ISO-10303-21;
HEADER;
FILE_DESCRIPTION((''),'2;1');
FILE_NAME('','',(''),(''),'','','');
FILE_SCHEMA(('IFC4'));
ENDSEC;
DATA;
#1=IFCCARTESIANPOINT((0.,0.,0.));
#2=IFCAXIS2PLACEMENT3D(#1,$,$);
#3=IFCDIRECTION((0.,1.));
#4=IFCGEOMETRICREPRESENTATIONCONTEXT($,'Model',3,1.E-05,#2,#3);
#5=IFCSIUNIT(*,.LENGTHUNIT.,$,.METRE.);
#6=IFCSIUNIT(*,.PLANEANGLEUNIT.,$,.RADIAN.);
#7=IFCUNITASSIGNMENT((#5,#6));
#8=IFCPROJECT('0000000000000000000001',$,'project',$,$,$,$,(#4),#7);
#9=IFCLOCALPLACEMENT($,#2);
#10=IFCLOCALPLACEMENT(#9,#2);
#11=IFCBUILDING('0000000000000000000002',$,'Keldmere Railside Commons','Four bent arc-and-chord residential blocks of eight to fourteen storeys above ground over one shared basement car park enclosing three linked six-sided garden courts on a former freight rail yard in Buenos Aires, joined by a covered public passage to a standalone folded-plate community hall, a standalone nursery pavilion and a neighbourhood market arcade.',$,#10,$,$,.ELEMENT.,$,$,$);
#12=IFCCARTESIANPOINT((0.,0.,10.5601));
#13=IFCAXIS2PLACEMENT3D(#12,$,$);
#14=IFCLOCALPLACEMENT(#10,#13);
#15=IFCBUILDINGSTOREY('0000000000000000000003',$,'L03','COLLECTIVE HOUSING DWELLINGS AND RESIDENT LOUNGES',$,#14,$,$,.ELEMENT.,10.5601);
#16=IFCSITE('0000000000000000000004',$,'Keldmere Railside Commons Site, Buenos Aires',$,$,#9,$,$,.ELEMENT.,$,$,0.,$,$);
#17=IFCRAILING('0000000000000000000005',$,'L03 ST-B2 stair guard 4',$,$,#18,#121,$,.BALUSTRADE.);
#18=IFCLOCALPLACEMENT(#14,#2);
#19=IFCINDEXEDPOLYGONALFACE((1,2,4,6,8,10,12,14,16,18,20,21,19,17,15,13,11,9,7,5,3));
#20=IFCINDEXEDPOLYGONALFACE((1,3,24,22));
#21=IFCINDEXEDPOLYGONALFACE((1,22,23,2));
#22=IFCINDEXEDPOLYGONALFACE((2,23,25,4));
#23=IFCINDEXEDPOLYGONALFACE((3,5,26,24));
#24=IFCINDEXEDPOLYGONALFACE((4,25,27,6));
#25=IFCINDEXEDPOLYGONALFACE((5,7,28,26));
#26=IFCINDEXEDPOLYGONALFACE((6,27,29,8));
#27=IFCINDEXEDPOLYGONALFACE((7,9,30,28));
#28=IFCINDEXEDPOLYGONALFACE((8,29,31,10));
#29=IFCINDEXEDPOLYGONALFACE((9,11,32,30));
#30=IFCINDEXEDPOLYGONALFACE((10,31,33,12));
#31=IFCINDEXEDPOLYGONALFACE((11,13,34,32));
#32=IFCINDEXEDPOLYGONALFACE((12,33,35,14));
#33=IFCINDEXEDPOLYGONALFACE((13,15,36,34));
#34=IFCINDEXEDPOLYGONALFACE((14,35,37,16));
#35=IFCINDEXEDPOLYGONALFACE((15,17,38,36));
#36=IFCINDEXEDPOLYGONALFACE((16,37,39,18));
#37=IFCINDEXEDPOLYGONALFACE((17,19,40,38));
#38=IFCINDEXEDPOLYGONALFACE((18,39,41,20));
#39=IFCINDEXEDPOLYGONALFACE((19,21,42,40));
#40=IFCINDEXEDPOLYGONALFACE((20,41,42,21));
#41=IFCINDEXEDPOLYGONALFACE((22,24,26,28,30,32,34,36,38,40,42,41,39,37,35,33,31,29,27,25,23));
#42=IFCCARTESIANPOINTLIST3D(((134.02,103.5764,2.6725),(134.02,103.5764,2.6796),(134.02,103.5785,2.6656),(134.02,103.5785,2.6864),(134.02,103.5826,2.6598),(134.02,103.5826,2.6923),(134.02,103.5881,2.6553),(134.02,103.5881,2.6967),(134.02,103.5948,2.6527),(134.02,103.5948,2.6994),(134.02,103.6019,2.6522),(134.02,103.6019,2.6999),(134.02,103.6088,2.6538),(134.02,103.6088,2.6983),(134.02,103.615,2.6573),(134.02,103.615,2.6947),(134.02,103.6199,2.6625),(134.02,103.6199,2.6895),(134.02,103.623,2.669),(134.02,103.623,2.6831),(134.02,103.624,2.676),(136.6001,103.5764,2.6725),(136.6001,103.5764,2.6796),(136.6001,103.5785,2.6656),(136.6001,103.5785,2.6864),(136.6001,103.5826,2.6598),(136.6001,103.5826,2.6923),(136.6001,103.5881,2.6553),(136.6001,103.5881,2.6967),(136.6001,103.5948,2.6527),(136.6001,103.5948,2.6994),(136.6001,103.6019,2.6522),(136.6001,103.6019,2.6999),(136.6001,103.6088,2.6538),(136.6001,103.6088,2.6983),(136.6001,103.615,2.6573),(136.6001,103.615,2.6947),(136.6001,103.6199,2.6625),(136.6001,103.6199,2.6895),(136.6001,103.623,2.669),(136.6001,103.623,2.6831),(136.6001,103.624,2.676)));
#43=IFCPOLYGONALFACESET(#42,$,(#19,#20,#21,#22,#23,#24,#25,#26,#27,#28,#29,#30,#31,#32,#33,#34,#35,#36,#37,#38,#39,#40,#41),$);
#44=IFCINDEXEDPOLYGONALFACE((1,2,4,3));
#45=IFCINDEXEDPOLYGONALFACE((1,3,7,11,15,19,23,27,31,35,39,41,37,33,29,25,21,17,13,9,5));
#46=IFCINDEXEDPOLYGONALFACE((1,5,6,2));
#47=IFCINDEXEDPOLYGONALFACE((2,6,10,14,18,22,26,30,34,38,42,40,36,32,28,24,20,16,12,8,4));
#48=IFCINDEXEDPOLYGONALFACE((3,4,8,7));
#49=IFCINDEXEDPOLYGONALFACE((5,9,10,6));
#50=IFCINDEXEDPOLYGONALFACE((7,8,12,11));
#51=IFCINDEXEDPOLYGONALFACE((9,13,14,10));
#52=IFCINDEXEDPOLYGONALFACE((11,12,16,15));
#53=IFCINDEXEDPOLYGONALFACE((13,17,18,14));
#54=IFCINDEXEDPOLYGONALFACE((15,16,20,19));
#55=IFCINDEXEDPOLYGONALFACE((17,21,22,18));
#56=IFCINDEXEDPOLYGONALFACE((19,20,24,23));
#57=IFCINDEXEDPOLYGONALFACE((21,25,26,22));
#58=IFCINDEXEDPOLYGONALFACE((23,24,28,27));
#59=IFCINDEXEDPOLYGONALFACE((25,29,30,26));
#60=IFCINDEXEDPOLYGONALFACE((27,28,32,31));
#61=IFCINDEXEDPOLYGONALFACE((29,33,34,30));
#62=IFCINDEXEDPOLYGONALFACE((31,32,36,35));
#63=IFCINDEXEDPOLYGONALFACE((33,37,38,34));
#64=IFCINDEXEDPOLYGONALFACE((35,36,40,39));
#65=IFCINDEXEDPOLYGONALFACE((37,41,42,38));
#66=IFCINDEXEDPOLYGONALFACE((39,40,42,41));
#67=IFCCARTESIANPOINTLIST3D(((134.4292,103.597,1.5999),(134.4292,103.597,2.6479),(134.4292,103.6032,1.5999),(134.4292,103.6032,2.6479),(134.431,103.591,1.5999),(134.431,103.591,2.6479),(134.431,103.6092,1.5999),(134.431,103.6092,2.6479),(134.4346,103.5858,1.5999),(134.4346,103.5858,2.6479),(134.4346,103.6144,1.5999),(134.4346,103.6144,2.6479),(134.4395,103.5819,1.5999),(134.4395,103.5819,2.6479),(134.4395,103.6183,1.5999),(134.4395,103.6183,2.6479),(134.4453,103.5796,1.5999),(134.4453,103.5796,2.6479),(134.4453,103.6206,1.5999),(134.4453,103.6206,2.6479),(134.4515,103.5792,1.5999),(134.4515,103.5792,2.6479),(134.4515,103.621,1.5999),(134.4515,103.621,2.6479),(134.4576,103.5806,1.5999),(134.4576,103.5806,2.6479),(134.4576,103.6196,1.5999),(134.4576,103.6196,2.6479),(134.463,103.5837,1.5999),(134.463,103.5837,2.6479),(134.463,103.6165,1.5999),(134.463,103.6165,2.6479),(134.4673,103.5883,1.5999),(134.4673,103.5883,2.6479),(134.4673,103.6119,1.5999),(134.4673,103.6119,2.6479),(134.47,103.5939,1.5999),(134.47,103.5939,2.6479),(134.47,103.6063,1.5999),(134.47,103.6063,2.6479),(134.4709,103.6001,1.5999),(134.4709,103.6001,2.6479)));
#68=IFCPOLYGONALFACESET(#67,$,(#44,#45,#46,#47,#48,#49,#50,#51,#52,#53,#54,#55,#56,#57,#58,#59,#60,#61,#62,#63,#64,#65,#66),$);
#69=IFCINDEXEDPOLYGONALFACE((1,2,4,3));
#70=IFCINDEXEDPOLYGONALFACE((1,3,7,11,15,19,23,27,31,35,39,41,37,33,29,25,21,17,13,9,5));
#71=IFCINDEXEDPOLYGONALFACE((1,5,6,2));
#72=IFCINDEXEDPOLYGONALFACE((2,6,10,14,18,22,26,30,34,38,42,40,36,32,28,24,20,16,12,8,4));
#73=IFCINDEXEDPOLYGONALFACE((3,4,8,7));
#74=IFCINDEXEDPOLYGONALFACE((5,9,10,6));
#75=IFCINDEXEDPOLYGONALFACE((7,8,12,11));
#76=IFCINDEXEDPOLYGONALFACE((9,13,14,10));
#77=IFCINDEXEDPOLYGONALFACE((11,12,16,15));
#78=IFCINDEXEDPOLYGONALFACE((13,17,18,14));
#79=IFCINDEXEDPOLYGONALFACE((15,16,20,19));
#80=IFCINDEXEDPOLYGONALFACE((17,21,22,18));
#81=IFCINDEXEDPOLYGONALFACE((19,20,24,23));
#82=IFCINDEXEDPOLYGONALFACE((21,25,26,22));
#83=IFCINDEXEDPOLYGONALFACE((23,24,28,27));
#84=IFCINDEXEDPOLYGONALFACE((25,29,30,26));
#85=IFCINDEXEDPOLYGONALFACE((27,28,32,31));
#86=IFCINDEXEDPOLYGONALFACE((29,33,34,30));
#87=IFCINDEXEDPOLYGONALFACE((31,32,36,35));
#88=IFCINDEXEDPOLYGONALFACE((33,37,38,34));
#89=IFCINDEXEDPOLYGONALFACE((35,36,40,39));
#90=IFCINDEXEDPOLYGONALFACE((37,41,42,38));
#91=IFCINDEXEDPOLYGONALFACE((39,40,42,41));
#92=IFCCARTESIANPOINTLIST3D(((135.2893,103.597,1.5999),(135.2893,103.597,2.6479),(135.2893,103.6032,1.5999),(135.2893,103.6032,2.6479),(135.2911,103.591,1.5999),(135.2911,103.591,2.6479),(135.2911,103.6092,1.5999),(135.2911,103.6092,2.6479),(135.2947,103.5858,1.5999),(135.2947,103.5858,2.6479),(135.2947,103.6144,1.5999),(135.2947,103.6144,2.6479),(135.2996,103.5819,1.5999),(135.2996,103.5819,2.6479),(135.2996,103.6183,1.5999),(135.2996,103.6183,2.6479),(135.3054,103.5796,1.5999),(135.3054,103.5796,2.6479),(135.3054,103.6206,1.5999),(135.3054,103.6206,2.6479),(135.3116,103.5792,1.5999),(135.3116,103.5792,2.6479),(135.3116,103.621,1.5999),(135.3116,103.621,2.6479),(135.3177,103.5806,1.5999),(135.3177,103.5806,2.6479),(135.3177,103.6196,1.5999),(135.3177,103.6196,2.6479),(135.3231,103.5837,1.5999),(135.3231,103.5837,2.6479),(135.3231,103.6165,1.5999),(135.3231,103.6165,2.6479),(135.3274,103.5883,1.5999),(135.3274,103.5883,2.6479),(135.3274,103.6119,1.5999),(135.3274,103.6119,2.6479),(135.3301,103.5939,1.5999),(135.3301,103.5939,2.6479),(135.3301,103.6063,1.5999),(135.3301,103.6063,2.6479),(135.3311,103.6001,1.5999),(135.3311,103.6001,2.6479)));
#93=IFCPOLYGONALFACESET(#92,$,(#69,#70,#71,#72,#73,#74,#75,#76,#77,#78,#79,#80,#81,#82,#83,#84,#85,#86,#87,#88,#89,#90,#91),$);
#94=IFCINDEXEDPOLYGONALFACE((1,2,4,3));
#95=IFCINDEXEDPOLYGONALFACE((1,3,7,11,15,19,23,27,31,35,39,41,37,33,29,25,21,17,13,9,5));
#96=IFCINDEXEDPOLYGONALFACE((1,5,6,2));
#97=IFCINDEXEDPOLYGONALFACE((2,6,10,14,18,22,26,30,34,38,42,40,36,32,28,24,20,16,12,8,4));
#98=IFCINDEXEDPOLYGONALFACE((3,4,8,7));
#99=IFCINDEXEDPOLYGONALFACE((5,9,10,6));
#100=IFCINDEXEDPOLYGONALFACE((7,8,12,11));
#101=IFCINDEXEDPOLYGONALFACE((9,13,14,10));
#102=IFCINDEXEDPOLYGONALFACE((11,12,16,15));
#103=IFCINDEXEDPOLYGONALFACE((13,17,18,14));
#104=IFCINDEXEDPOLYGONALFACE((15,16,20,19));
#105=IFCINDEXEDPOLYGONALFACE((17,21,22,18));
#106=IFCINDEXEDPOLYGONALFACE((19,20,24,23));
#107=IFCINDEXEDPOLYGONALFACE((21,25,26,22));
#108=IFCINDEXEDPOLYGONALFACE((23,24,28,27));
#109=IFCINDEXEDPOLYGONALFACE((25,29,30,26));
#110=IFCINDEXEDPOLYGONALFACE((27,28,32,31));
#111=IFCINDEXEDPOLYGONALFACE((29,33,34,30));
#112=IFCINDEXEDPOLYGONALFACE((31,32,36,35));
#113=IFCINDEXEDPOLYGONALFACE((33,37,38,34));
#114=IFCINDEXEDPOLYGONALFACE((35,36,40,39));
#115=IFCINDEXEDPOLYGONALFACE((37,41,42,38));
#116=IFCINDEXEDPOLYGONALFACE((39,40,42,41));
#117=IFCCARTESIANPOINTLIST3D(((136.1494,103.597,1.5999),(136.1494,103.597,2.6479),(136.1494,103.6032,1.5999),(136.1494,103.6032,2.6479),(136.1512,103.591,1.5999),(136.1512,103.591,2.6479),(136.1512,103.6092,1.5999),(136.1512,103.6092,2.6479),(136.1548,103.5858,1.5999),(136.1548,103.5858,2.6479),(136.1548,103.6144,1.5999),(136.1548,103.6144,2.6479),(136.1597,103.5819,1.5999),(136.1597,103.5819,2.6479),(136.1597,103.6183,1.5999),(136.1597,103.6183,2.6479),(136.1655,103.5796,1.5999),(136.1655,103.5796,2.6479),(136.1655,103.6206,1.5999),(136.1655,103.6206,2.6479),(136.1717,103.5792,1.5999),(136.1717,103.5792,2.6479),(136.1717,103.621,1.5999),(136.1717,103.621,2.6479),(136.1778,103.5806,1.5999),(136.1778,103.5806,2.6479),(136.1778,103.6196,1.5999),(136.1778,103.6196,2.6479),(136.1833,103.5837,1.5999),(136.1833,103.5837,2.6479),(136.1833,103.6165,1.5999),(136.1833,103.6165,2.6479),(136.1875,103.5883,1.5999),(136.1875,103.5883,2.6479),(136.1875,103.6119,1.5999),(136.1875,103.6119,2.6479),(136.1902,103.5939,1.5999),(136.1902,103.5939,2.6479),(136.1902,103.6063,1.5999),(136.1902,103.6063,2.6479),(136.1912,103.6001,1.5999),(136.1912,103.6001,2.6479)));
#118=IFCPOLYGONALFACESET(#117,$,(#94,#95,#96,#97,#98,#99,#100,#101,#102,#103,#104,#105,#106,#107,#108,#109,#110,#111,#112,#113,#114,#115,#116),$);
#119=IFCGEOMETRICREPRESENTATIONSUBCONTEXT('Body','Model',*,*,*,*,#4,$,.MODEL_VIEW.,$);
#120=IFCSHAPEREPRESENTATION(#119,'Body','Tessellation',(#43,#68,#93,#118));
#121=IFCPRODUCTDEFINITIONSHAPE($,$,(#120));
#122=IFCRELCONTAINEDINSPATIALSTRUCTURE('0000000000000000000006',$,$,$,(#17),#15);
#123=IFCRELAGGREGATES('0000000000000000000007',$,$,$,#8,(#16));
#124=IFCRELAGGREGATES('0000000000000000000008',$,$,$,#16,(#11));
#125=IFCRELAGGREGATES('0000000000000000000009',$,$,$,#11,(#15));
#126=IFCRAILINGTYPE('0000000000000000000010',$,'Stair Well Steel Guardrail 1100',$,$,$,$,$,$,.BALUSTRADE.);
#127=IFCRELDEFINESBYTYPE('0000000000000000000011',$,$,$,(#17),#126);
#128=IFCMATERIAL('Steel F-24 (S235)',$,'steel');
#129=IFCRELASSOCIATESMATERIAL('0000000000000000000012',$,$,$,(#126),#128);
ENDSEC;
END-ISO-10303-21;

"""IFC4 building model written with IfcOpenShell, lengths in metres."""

from ifc_helpers import new_model, si_unit, direction, frame, origin, origin_2d, place, context, subcontext, project, spatial, circle, extrude, material, type_object, element, save


model = new_model("IFC4")

# Units and contexts
model_context = context("Model", 3, precision=1e-05, world=origin(), true_north=direction((0.0, 1.0)))
body_context = subcontext(model_context, "Body", "Model", "MODEL_VIEW")
ifc_project = project(units=[si_unit("LENGTHUNIT", "METRE"), si_unit("PLANEANGLEUNIT", "RADIAN")], contexts=[model_context])

# Site, building, storey
site_placement = place(None, origin())
site = spatial("IfcSite", under=ifc_project, at=site_placement, Name="Keldmere Railside Commons Site, Buenos Aires", CompositionType="ELEMENT", RefElevation=0.0)
building_placement = place(site_placement, origin())
building = spatial("IfcBuilding", under=site, at=building_placement, Name="Keldmere Railside Commons", Description="Four bent arc-and-chord residential blocks of eight to fourteen storeys above ground over one shared basement car park enclosing three linked six-sided garden courts on a former freight rail yard in Buenos Aires, joined by a covered public passage to a standalone folded-plate community hall, a standalone nursery pavilion and a neighbourhood market arcade.", CompositionType="ELEMENT")
storey_placement = place(building_placement, frame((0.0, 0.0, 10.5601)))
storey = spatial("IfcBuildingStorey", under=building, at=storey_placement, Name="L03", Description="COLLECTIVE HOUSING DWELLINGS AND RESIDENT LOUNGES", CompositionType="ELEMENT", Elevation=10.5601)

# Shared definitions
ifc_material_1 = material(Name="Steel F-24 (S235)", Category="steel")

# Railing
railing_type_1 = type_object("IfcRailingType", Name="Stair Well Steel Guardrail 1100", PredefinedType="BALUSTRADE", material=ifc_material_1)
for number, where, name in (
    (1, (134.02, 103.6001, 1.5999), "L03 ST-B2 stair guard 4"),
):
    element("IfcRailing", number, at=place(storey_placement, frame(where)), inside=storey, type_object=railing_type_1, Name=name, PredefinedType="BALUSTRADE", context=body_context, shape_type="SweptSolid", body=[
        extrude(circle(Radius=0.0239, at=origin_2d()), frame((0.0, 0.0, 1.0762), z_axis=(1.0, 0.0, 0.0), x_axis=(0.0, 1.0, 0.0)), (0.0, 0.0, 1.0), 2.5801),
        extrude(circle(Radius=0.021, at=origin_2d()), frame((0.4299, 0.0, 0.0)), (0.0, 0.0, 1.0), 1.0481),
        extrude(circle(Radius=0.021, at=origin_2d()), frame((1.29, 0.0, 0.0)), (0.0, 0.0, 1.0), 1.0481),
        extrude(circle(Radius=0.021, at=origin_2d()), frame((2.1501, 0.0, 0.0)), (0.0, 0.0, 1.0), 1.0481),
    ])

save(model, "model.ifc")
